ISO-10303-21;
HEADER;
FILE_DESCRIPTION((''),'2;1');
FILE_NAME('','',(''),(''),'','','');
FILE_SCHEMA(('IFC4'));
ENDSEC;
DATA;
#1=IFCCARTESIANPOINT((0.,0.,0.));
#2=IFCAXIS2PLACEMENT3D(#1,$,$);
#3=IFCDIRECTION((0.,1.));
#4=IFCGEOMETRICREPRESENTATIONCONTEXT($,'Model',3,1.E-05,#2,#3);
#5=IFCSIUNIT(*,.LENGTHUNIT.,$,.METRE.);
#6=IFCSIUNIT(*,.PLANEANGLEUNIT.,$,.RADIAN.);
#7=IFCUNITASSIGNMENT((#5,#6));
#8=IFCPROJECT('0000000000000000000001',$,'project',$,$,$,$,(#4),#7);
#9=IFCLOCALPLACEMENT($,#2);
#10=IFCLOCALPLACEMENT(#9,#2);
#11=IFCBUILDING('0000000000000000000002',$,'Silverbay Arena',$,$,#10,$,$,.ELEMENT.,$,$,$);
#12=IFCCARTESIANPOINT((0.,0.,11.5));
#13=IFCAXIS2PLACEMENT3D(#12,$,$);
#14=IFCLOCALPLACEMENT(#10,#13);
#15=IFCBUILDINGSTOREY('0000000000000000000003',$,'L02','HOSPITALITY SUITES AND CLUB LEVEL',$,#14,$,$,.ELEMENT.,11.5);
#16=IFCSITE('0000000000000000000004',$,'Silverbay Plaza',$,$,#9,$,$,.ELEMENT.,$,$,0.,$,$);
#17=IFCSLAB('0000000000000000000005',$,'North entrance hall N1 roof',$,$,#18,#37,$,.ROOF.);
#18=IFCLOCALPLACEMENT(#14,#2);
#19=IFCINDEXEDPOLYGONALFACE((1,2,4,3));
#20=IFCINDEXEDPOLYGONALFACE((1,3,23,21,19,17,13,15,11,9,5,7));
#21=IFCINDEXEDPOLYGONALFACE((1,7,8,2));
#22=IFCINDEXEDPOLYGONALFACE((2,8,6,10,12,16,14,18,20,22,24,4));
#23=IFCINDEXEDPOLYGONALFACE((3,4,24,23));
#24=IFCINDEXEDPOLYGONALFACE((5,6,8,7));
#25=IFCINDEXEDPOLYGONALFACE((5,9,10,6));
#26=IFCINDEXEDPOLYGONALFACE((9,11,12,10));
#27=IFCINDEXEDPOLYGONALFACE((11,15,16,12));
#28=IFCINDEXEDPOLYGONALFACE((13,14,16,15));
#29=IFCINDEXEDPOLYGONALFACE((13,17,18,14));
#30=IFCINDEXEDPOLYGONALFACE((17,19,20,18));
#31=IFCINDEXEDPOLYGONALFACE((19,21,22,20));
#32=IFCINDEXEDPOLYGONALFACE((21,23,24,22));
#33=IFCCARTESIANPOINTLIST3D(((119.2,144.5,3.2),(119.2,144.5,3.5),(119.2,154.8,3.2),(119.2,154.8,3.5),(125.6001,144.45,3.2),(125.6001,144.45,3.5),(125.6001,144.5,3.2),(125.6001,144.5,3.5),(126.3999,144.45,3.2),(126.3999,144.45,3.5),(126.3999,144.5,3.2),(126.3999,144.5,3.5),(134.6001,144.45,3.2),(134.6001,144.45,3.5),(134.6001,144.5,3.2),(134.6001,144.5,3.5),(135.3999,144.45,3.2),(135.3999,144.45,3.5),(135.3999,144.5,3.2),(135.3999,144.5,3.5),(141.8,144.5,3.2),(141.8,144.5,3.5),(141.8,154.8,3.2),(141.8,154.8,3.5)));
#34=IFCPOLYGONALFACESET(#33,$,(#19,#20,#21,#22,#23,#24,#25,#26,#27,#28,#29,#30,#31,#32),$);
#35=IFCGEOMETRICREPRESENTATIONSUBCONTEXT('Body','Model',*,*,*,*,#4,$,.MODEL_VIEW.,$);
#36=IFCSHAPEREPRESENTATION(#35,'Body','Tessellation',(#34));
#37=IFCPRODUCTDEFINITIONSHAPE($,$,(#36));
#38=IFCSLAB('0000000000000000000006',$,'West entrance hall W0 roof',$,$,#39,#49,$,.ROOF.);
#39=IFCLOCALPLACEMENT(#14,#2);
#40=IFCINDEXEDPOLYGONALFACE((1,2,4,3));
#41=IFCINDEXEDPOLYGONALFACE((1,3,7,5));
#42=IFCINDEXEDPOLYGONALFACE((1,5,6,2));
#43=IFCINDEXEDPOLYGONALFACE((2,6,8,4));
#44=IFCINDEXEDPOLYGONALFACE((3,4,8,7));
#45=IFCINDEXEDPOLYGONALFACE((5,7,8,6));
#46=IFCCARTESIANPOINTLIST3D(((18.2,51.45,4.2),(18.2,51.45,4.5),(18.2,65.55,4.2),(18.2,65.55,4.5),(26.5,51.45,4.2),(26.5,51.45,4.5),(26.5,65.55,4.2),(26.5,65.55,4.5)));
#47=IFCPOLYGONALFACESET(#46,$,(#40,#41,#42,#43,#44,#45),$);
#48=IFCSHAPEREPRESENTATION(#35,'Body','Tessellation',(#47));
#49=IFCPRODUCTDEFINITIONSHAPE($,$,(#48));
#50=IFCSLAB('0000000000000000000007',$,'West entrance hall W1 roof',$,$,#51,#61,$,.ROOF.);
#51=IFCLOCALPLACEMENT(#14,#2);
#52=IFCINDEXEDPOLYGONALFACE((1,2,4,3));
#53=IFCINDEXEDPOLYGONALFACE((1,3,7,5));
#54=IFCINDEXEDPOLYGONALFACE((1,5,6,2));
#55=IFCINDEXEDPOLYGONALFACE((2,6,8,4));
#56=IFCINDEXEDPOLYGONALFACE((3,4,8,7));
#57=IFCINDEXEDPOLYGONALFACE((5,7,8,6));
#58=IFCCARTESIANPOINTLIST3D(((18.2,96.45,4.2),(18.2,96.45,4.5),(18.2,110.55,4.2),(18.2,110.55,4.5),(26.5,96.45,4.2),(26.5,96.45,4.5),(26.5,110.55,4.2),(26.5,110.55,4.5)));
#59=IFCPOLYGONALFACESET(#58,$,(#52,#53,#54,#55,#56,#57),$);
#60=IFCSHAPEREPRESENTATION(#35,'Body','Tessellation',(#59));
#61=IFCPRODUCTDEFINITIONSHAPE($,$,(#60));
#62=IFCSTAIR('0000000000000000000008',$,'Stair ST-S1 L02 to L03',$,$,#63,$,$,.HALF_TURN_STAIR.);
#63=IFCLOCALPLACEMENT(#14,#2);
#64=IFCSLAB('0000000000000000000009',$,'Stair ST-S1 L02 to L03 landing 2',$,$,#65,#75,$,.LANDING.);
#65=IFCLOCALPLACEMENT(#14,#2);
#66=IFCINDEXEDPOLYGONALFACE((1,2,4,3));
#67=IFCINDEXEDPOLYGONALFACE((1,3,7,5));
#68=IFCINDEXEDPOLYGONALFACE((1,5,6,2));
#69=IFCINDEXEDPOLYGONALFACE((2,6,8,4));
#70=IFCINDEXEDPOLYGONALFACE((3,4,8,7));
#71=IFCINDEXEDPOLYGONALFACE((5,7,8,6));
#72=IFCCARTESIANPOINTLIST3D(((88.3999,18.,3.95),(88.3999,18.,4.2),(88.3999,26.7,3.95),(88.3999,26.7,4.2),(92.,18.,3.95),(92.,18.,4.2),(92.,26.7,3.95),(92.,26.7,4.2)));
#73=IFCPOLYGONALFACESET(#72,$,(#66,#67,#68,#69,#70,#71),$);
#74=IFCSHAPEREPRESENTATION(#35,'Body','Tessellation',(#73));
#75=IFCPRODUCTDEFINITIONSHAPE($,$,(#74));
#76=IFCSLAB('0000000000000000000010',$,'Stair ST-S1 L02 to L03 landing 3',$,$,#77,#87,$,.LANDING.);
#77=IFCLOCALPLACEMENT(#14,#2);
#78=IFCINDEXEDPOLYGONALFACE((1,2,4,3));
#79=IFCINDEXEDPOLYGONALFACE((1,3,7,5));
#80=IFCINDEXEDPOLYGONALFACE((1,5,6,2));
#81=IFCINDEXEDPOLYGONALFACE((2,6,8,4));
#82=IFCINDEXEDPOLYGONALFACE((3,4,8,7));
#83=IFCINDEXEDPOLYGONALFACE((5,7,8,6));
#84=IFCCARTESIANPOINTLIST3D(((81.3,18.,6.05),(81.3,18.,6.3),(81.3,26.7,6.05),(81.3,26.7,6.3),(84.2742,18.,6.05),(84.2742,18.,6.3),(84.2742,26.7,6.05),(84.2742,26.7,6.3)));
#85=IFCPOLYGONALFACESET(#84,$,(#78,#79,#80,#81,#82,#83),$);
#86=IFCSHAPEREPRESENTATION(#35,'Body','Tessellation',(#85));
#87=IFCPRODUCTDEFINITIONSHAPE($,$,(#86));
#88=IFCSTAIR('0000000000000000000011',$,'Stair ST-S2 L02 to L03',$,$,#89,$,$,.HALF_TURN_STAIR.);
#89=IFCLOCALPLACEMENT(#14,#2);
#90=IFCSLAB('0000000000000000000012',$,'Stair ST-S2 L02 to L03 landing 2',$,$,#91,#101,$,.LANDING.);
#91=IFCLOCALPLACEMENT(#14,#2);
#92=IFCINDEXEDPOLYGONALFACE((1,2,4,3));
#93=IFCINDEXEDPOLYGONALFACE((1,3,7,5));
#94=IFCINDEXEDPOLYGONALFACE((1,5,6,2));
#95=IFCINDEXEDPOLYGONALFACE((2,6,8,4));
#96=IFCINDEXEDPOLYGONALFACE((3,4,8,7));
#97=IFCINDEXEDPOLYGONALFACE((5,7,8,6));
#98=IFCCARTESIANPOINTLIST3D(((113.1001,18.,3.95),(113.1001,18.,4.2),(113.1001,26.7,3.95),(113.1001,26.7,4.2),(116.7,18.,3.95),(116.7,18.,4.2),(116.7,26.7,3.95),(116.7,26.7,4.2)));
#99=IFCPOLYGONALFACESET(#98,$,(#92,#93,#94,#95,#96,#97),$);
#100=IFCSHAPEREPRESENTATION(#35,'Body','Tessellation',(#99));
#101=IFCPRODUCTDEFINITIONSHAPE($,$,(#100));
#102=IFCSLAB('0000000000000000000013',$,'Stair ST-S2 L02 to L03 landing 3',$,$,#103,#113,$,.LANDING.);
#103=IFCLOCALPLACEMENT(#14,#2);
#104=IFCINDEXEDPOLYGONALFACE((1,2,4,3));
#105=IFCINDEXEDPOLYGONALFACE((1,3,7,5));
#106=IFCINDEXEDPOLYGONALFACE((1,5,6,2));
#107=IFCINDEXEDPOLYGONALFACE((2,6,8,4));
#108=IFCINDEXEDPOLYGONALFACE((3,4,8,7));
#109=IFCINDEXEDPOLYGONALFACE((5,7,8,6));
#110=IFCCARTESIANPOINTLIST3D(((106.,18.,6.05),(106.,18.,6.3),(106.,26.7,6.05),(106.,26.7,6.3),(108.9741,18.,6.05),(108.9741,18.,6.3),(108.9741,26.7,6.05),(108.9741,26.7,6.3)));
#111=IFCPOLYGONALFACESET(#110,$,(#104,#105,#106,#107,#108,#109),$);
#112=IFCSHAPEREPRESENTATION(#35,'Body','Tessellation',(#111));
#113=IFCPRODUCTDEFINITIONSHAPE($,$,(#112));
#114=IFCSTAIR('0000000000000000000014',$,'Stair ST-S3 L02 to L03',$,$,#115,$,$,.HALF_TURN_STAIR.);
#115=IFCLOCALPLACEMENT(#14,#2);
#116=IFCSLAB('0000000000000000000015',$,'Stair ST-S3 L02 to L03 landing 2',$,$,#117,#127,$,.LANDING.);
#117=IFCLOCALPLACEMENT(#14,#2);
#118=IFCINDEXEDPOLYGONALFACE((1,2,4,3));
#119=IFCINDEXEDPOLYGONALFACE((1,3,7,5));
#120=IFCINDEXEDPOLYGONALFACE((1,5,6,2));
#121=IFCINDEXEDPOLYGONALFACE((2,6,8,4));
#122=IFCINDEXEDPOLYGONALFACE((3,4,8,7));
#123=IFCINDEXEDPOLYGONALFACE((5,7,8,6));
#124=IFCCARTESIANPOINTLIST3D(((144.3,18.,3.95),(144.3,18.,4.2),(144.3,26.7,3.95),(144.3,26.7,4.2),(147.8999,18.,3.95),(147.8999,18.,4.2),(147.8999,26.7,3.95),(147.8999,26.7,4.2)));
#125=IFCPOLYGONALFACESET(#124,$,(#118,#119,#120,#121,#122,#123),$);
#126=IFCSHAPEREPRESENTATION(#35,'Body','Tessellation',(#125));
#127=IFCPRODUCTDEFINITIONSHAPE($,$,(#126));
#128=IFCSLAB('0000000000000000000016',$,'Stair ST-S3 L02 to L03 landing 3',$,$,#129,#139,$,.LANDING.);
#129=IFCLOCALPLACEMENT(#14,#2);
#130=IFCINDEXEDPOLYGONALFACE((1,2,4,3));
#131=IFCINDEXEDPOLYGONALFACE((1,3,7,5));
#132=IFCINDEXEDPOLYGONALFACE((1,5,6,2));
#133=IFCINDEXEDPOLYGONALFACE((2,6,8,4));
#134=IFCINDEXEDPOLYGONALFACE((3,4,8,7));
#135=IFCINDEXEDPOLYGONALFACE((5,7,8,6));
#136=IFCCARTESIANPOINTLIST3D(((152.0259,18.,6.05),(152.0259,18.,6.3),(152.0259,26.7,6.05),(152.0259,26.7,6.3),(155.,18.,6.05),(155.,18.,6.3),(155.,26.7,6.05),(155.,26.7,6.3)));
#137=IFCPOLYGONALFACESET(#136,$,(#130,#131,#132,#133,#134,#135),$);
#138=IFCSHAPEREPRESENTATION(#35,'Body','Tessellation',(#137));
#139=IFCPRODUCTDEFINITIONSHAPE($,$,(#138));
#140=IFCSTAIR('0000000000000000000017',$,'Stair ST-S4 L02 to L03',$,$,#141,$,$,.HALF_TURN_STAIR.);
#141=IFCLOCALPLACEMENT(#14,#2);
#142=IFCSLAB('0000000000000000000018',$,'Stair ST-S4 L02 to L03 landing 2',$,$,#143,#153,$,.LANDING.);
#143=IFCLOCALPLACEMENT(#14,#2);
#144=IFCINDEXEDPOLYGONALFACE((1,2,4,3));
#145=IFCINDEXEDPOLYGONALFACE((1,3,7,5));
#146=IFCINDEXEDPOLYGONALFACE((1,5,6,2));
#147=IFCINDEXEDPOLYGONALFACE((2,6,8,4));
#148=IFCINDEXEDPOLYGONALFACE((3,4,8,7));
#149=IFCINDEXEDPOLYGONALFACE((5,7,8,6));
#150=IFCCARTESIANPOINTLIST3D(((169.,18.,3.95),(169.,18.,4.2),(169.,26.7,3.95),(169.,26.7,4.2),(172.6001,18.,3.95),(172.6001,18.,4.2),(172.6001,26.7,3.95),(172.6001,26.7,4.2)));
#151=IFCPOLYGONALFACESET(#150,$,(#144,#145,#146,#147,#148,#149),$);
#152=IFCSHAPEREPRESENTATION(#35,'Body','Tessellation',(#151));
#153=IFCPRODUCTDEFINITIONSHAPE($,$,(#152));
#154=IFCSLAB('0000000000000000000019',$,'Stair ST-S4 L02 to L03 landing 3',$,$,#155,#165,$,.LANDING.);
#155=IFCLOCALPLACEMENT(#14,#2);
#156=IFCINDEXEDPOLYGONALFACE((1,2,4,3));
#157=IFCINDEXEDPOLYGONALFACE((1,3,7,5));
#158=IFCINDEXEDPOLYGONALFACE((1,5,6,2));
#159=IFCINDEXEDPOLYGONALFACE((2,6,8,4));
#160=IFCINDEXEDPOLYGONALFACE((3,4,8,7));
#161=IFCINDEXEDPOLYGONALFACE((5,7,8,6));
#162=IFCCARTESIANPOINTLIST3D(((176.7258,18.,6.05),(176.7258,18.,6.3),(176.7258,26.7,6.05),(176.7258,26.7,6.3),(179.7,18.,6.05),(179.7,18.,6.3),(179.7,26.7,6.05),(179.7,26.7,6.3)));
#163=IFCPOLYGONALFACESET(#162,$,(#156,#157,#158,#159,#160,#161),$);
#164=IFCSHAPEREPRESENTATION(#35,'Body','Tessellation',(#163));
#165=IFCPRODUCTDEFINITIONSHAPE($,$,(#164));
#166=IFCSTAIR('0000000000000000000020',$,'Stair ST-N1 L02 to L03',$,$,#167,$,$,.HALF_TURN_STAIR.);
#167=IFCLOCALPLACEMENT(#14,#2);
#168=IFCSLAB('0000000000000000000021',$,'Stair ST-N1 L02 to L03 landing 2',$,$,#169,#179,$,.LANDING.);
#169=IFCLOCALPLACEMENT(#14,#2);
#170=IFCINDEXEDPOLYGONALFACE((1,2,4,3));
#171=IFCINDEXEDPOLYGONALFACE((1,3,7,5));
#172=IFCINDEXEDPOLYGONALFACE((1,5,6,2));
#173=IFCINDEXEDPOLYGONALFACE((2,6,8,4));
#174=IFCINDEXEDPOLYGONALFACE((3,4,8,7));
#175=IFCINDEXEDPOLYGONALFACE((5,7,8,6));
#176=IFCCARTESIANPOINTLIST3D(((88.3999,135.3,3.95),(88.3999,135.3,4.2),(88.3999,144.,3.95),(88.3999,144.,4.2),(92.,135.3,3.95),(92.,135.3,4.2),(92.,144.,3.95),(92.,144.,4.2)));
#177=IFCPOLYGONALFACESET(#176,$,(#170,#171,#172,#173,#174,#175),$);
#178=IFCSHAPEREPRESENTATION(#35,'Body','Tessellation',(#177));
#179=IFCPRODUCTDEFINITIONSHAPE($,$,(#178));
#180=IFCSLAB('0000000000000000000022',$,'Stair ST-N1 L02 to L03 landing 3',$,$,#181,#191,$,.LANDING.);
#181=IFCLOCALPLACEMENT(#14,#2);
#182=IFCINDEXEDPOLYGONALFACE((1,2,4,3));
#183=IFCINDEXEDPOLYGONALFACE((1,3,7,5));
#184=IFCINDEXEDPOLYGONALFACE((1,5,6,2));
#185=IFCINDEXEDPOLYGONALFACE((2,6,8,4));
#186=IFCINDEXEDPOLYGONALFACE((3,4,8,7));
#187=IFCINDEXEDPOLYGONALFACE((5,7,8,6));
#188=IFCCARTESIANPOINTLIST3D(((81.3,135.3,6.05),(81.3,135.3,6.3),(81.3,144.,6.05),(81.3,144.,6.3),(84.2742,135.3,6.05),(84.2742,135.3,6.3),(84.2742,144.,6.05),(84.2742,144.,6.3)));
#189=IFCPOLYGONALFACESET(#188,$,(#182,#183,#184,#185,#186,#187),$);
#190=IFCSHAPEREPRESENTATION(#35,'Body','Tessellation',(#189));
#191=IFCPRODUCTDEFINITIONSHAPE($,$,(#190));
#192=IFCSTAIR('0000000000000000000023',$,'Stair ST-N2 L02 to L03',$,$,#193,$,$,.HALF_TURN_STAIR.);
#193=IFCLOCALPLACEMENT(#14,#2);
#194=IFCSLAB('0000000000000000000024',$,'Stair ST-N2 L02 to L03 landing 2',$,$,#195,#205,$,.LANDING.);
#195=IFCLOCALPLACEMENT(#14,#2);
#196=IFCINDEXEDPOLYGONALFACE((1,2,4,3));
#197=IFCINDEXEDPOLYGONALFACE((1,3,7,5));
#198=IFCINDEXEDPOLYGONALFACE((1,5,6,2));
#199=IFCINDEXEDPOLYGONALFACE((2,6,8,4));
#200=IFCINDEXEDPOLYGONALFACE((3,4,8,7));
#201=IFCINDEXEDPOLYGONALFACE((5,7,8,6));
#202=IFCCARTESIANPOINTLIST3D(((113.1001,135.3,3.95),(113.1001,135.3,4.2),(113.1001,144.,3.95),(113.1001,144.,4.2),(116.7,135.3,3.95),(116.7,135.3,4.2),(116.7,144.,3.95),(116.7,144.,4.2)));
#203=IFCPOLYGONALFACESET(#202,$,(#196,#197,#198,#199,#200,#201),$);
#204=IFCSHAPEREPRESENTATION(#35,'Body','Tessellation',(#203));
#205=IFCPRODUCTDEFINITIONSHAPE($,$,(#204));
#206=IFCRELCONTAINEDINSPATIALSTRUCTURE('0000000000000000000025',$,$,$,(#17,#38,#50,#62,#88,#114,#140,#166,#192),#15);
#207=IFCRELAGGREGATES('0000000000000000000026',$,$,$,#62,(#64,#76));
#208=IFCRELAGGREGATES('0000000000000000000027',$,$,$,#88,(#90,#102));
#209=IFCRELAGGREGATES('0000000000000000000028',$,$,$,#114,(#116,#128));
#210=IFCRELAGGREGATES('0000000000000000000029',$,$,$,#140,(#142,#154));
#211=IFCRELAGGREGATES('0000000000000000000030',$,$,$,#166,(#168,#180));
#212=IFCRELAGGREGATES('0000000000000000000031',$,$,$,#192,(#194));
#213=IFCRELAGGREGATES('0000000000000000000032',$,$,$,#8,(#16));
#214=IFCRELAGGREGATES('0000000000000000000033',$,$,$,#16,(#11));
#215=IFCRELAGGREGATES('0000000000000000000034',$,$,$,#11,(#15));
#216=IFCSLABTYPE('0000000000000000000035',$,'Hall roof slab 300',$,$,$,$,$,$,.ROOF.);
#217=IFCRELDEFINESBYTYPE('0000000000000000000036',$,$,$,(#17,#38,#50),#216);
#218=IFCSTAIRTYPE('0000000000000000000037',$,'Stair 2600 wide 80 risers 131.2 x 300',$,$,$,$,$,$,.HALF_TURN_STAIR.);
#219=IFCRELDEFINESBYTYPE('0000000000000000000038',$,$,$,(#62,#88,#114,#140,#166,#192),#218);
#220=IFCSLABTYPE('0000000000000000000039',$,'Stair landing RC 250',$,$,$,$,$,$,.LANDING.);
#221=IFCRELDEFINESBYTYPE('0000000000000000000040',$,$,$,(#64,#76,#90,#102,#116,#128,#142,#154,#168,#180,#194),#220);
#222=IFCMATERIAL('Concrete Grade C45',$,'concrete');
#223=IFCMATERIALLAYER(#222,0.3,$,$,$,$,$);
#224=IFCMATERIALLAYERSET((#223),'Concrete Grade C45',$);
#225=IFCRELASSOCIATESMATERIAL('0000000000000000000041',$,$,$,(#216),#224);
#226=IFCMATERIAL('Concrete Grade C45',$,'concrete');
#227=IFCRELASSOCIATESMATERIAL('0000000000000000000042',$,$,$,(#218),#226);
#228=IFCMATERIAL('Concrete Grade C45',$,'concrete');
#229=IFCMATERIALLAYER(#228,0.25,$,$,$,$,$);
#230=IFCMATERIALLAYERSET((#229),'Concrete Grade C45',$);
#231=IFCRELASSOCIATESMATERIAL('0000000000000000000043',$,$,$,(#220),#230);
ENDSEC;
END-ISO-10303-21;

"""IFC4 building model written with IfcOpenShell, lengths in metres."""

from ifc_helpers import new_model, si_unit, direction, frame, origin, place, context, subcontext, project, spatial, polyline, outline, extrude, material, layer, layer_set, type_object, element, aggregate, save


model = new_model("IFC4")

# Units and contexts
model_context = context("Model", 3, precision=1e-05, world=origin(), true_north=direction((0.0, 1.0)))
body_context = subcontext(model_context, "Body", "Model", "MODEL_VIEW")
ifc_project = project(units=[si_unit("LENGTHUNIT", "METRE"), si_unit("PLANEANGLEUNIT", "RADIAN")], contexts=[model_context])

# Site, building, storey
site_placement = place(None, origin())
site = spatial("IfcSite", under=ifc_project, at=site_placement, Name="Silverbay Plaza", CompositionType="ELEMENT", RefElevation=0.0)
building_placement = place(site_placement, origin())
building = spatial("IfcBuilding", under=site, at=building_placement, Name="Silverbay Arena", CompositionType="ELEMENT")
storey_placement = place(building_placement, frame((0.0, 0.0, 11.5)))
storey = spatial("IfcBuildingStorey", under=building, at=storey_placement, Name="L02", Description="HOSPITALITY SUITES AND CLUB LEVEL", CompositionType="ELEMENT", Elevation=11.5)

# Slabs
ifc_material_1 = material(Name="Concrete Grade C45", Category="concrete")
ifc_layer_1 = layer(ifc_material_1, 0.3)
ifc_layer_set_1 = layer_set([ifc_layer_1], Name="Concrete Grade C45")
slab_type_1 = type_object("IfcSlabType", Name="Hall roof slab 300", PredefinedType="ROOF", material=ifc_layer_set_1)
slab_1_placement = place(storey_placement, frame((0.0, 0.0, 3.2)))
element("IfcSlab", 1, at=slab_1_placement, inside=storey, type_object=slab_type_1, Name="North entrance hall N1 roof", PredefinedType="ROOF", context=body_context, shape_type="SweptSolid", body=[
    extrude(outline(polyline([(126.3999, 144.45), (125.6001, 144.45), (125.6001, 144.5), (119.2, 144.5), (119.2, 154.8), (141.8, 154.8), (141.8, 144.5), (135.3999, 144.5), (135.3999, 144.45), (134.6001, 144.45), (134.6001, 144.5), (126.3999, 144.5), (126.3999, 144.45)])), origin(), (0.0, 0.0, 1.0), 0.3),
])
slab_2_placement = place(storey_placement, frame((0.0, 0.0, 4.2)))
element("IfcSlab", 2, at=slab_2_placement, inside=storey, type_object=slab_type_1, Name="West entrance hall W0 roof", PredefinedType="ROOF", context=body_context, shape_type="SweptSolid", body=[
    extrude(outline(polyline([(26.5, 51.45), (26.5, 65.55), (18.2, 65.55), (18.2, 51.45), (26.5, 51.45)])), origin(), (0.0, 0.0, 1.0), 0.3),
])
slab_3_placement = place(storey_placement, frame((0.0, 0.0, 4.2)))
element("IfcSlab", 3, at=slab_3_placement, inside=storey, type_object=slab_type_1, Name="West entrance hall W1 roof", PredefinedType="ROOF", context=body_context, shape_type="SweptSolid", body=[
    extrude(outline(polyline([(26.5, 96.45), (26.5, 110.55), (18.2, 110.55), (18.2, 96.45), (26.5, 96.45)])), origin(), (0.0, 0.0, 1.0), 0.3),
])

# Stairs, slabs
ifc_material_2 = material(Name="Concrete Grade C45", Category="concrete")
stair_type = type_object("IfcStairType", Name="Stair 2600 wide 80 risers 131.2 x 300", PredefinedType="HALF_TURN_STAIR", material=ifc_material_2)
stair_1_placement = place(storey_placement, origin())
stair_1 = element("IfcStair", 4, at=stair_1_placement, inside=storey, type_object=stair_type, Name="Stair ST-S1 L02 to L03", PredefinedType="HALF_TURN_STAIR")
ifc_material_3 = material(Name="Concrete Grade C45", Category="concrete")
ifc_layer_2 = layer(ifc_material_3, 0.25)
ifc_layer_set_2 = layer_set([ifc_layer_2], Name="Concrete Grade C45")
slab_type_2 = type_object("IfcSlabType", Name="Stair landing RC 250", PredefinedType="LANDING", material=ifc_layer_set_2)
slab_4_placement = place(storey_placement, frame((0.0, 0.0, 3.95)))
slab_4 = element("IfcSlab", 5, at=slab_4_placement, type_object=slab_type_2, Name="Stair ST-S1 L02 to L03 landing 2", PredefinedType="LANDING", context=body_context, shape_type="SweptSolid", body=[
    extrude(outline(polyline([(92.0, 26.7), (88.3999, 26.7), (88.3999, 18.0), (92.0, 18.0), (92.0, 26.7)])), origin(), (0.0, 0.0, 1.0), 0.25),
])
slab_5_placement = place(storey_placement, frame((0.0, 0.0, 6.05)))
slab_5 = element("IfcSlab", 6, at=slab_5_placement, type_object=slab_type_2, Name="Stair ST-S1 L02 to L03 landing 3", PredefinedType="LANDING", context=body_context, shape_type="SweptSolid", body=[
    extrude(outline(polyline([(84.2742, 26.7), (81.3, 26.7), (81.3, 18.0), (84.2742, 18.0), (84.2742, 26.7)])), origin(), (0.0, 0.0, 1.0), 0.25),
])
aggregate(stair_1, [slab_4, slab_5])
stair_2_placement = place(storey_placement, origin())
stair_2 = element("IfcStair", 7, at=stair_2_placement, inside=storey, type_object=stair_type, Name="Stair ST-S2 L02 to L03", PredefinedType="HALF_TURN_STAIR")
slab_6_placement = place(storey_placement, frame((0.0, 0.0, 3.95)))
slab_6 = element("IfcSlab", 8, at=slab_6_placement, type_object=slab_type_2, Name="Stair ST-S2 L02 to L03 landing 2", PredefinedType="LANDING", context=body_context, shape_type="SweptSolid", body=[
    extrude(outline(polyline([(116.7, 26.7), (113.1001, 26.7), (113.1001, 18.0), (116.7, 18.0), (116.7, 26.7)])), origin(), (0.0, 0.0, 1.0), 0.25),
])
slab_7_placement = place(storey_placement, frame((0.0, 0.0, 6.05)))
slab_7 = element("IfcSlab", 9, at=slab_7_placement, type_object=slab_type_2, Name="Stair ST-S2 L02 to L03 landing 3", PredefinedType="LANDING", context=body_context, shape_type="SweptSolid", body=[
    extrude(outline(polyline([(108.9741, 26.7), (106.0, 26.7), (106.0, 18.0), (108.9741, 18.0), (108.9741, 26.7)])), origin(), (0.0, 0.0, 1.0), 0.25),
])
aggregate(stair_2, [slab_6, slab_7])
stair_3_placement = place(storey_placement, origin())
stair_3 = element("IfcStair", 10, at=stair_3_placement, inside=storey, type_object=stair_type, Name="Stair ST-S3 L02 to L03", PredefinedType="HALF_TURN_STAIR")
slab_8_placement = place(storey_placement, frame((0.0, 0.0, 3.95)))
slab_8 = element("IfcSlab", 11, at=slab_8_placement, type_object=slab_type_2, Name="Stair ST-S3 L02 to L03 landing 2", PredefinedType="LANDING", context=body_context, shape_type="SweptSolid", body=[
    extrude(outline(polyline([(144.3, 26.7), (147.8999, 26.7), (147.8999, 18.0), (144.3, 18.0), (144.3, 26.7)])), origin(), (0.0, 0.0, 1.0), 0.25),
])
slab_9_placement = place(storey_placement, frame((0.0, 0.0, 6.05)))
slab_9 = element("IfcSlab", 12, at=slab_9_placement, type_object=slab_type_2, Name="Stair ST-S3 L02 to L03 landing 3", PredefinedType="LANDING", context=body_context, shape_type="SweptSolid", body=[
    extrude(outline(polyline([(152.0259, 26.7), (155.0, 26.7), (155.0, 18.0), (152.0259, 18.0), (152.0259, 26.7)])), origin(), (0.0, 0.0, 1.0), 0.25),
])
aggregate(stair_3, [slab_8, slab_9])
stair_4_placement = place(storey_placement, origin())
stair_4 = element("IfcStair", 13, at=stair_4_placement, inside=storey, type_object=stair_type, Name="Stair ST-S4 L02 to L03", PredefinedType="HALF_TURN_STAIR")
slab_10_placement = place(storey_placement, frame((0.0, 0.0, 3.95)))
slab_10 = element("IfcSlab", 14, at=slab_10_placement, type_object=slab_type_2, Name="Stair ST-S4 L02 to L03 landing 2", PredefinedType="LANDING", context=body_context, shape_type="SweptSolid", body=[
    extrude(outline(polyline([(169.0, 26.7), (172.6001, 26.7), (172.6001, 18.0), (169.0, 18.0), (169.0, 26.7)])), origin(), (0.0, 0.0, 1.0), 0.25),
])
slab_11_placement = place(storey_placement, frame((0.0, 0.0, 6.05)))
slab_11 = element("IfcSlab", 15, at=slab_11_placement, type_object=slab_type_2, Name="Stair ST-S4 L02 to L03 landing 3", PredefinedType="LANDING", context=body_context, shape_type="SweptSolid", body=[
    extrude(outline(polyline([(176.7258, 26.7), (179.7, 26.7), (179.7, 18.0), (176.7258, 18.0), (176.7258, 26.7)])), origin(), (0.0, 0.0, 1.0), 0.25),
])
aggregate(stair_4, [slab_10, slab_11])
stair_5_placement = place(storey_placement, origin())
stair_5 = element("IfcStair", 16, at=stair_5_placement, inside=storey, type_object=stair_type, Name="Stair ST-N1 L02 to L03", PredefinedType="HALF_TURN_STAIR")
slab_12_placement = place(storey_placement, frame((0.0, 0.0, 3.95)))
slab_12 = element("IfcSlab", 17, at=slab_12_placement, type_object=slab_type_2, Name="Stair ST-N1 L02 to L03 landing 2", PredefinedType="LANDING", context=body_context, shape_type="SweptSolid", body=[
    extrude(outline(polyline([(92.0, 135.3), (88.3999, 135.3), (88.3999, 144.0), (92.0, 144.0), (92.0, 135.3)])), origin(), (0.0, 0.0, 1.0), 0.25),
])
slab_13_placement = place(storey_placement, frame((0.0, 0.0, 6.05)))
slab_13 = element("IfcSlab", 18, at=slab_13_placement, type_object=slab_type_2, Name="Stair ST-N1 L02 to L03 landing 3", PredefinedType="LANDING", context=body_context, shape_type="SweptSolid", body=[
    extrude(outline(polyline([(84.2742, 135.3), (81.3, 135.3), (81.3, 144.0), (84.2742, 144.0), (84.2742, 135.3)])), origin(), (0.0, 0.0, 1.0), 0.25),
])
aggregate(stair_5, [slab_12, slab_13])
stair_6_placement = place(storey_placement, origin())
stair_6 = element("IfcStair", 19, at=stair_6_placement, inside=storey, type_object=stair_type, Name="Stair ST-N2 L02 to L03", PredefinedType="HALF_TURN_STAIR")
slab_14_placement = place(storey_placement, frame((0.0, 0.0, 3.95)))
slab_14 = element("IfcSlab", 20, at=slab_14_placement, type_object=slab_type_2, Name="Stair ST-N2 L02 to L03 landing 2", PredefinedType="LANDING", context=body_context, shape_type="SweptSolid", body=[
    extrude(outline(polyline([(116.7, 135.3), (113.1001, 135.3), (113.1001, 144.0), (116.7, 144.0), (116.7, 135.3)])), origin(), (0.0, 0.0, 1.0), 0.25),
])
aggregate(stair_6, [slab_14])

save(model, "model.ifc")
